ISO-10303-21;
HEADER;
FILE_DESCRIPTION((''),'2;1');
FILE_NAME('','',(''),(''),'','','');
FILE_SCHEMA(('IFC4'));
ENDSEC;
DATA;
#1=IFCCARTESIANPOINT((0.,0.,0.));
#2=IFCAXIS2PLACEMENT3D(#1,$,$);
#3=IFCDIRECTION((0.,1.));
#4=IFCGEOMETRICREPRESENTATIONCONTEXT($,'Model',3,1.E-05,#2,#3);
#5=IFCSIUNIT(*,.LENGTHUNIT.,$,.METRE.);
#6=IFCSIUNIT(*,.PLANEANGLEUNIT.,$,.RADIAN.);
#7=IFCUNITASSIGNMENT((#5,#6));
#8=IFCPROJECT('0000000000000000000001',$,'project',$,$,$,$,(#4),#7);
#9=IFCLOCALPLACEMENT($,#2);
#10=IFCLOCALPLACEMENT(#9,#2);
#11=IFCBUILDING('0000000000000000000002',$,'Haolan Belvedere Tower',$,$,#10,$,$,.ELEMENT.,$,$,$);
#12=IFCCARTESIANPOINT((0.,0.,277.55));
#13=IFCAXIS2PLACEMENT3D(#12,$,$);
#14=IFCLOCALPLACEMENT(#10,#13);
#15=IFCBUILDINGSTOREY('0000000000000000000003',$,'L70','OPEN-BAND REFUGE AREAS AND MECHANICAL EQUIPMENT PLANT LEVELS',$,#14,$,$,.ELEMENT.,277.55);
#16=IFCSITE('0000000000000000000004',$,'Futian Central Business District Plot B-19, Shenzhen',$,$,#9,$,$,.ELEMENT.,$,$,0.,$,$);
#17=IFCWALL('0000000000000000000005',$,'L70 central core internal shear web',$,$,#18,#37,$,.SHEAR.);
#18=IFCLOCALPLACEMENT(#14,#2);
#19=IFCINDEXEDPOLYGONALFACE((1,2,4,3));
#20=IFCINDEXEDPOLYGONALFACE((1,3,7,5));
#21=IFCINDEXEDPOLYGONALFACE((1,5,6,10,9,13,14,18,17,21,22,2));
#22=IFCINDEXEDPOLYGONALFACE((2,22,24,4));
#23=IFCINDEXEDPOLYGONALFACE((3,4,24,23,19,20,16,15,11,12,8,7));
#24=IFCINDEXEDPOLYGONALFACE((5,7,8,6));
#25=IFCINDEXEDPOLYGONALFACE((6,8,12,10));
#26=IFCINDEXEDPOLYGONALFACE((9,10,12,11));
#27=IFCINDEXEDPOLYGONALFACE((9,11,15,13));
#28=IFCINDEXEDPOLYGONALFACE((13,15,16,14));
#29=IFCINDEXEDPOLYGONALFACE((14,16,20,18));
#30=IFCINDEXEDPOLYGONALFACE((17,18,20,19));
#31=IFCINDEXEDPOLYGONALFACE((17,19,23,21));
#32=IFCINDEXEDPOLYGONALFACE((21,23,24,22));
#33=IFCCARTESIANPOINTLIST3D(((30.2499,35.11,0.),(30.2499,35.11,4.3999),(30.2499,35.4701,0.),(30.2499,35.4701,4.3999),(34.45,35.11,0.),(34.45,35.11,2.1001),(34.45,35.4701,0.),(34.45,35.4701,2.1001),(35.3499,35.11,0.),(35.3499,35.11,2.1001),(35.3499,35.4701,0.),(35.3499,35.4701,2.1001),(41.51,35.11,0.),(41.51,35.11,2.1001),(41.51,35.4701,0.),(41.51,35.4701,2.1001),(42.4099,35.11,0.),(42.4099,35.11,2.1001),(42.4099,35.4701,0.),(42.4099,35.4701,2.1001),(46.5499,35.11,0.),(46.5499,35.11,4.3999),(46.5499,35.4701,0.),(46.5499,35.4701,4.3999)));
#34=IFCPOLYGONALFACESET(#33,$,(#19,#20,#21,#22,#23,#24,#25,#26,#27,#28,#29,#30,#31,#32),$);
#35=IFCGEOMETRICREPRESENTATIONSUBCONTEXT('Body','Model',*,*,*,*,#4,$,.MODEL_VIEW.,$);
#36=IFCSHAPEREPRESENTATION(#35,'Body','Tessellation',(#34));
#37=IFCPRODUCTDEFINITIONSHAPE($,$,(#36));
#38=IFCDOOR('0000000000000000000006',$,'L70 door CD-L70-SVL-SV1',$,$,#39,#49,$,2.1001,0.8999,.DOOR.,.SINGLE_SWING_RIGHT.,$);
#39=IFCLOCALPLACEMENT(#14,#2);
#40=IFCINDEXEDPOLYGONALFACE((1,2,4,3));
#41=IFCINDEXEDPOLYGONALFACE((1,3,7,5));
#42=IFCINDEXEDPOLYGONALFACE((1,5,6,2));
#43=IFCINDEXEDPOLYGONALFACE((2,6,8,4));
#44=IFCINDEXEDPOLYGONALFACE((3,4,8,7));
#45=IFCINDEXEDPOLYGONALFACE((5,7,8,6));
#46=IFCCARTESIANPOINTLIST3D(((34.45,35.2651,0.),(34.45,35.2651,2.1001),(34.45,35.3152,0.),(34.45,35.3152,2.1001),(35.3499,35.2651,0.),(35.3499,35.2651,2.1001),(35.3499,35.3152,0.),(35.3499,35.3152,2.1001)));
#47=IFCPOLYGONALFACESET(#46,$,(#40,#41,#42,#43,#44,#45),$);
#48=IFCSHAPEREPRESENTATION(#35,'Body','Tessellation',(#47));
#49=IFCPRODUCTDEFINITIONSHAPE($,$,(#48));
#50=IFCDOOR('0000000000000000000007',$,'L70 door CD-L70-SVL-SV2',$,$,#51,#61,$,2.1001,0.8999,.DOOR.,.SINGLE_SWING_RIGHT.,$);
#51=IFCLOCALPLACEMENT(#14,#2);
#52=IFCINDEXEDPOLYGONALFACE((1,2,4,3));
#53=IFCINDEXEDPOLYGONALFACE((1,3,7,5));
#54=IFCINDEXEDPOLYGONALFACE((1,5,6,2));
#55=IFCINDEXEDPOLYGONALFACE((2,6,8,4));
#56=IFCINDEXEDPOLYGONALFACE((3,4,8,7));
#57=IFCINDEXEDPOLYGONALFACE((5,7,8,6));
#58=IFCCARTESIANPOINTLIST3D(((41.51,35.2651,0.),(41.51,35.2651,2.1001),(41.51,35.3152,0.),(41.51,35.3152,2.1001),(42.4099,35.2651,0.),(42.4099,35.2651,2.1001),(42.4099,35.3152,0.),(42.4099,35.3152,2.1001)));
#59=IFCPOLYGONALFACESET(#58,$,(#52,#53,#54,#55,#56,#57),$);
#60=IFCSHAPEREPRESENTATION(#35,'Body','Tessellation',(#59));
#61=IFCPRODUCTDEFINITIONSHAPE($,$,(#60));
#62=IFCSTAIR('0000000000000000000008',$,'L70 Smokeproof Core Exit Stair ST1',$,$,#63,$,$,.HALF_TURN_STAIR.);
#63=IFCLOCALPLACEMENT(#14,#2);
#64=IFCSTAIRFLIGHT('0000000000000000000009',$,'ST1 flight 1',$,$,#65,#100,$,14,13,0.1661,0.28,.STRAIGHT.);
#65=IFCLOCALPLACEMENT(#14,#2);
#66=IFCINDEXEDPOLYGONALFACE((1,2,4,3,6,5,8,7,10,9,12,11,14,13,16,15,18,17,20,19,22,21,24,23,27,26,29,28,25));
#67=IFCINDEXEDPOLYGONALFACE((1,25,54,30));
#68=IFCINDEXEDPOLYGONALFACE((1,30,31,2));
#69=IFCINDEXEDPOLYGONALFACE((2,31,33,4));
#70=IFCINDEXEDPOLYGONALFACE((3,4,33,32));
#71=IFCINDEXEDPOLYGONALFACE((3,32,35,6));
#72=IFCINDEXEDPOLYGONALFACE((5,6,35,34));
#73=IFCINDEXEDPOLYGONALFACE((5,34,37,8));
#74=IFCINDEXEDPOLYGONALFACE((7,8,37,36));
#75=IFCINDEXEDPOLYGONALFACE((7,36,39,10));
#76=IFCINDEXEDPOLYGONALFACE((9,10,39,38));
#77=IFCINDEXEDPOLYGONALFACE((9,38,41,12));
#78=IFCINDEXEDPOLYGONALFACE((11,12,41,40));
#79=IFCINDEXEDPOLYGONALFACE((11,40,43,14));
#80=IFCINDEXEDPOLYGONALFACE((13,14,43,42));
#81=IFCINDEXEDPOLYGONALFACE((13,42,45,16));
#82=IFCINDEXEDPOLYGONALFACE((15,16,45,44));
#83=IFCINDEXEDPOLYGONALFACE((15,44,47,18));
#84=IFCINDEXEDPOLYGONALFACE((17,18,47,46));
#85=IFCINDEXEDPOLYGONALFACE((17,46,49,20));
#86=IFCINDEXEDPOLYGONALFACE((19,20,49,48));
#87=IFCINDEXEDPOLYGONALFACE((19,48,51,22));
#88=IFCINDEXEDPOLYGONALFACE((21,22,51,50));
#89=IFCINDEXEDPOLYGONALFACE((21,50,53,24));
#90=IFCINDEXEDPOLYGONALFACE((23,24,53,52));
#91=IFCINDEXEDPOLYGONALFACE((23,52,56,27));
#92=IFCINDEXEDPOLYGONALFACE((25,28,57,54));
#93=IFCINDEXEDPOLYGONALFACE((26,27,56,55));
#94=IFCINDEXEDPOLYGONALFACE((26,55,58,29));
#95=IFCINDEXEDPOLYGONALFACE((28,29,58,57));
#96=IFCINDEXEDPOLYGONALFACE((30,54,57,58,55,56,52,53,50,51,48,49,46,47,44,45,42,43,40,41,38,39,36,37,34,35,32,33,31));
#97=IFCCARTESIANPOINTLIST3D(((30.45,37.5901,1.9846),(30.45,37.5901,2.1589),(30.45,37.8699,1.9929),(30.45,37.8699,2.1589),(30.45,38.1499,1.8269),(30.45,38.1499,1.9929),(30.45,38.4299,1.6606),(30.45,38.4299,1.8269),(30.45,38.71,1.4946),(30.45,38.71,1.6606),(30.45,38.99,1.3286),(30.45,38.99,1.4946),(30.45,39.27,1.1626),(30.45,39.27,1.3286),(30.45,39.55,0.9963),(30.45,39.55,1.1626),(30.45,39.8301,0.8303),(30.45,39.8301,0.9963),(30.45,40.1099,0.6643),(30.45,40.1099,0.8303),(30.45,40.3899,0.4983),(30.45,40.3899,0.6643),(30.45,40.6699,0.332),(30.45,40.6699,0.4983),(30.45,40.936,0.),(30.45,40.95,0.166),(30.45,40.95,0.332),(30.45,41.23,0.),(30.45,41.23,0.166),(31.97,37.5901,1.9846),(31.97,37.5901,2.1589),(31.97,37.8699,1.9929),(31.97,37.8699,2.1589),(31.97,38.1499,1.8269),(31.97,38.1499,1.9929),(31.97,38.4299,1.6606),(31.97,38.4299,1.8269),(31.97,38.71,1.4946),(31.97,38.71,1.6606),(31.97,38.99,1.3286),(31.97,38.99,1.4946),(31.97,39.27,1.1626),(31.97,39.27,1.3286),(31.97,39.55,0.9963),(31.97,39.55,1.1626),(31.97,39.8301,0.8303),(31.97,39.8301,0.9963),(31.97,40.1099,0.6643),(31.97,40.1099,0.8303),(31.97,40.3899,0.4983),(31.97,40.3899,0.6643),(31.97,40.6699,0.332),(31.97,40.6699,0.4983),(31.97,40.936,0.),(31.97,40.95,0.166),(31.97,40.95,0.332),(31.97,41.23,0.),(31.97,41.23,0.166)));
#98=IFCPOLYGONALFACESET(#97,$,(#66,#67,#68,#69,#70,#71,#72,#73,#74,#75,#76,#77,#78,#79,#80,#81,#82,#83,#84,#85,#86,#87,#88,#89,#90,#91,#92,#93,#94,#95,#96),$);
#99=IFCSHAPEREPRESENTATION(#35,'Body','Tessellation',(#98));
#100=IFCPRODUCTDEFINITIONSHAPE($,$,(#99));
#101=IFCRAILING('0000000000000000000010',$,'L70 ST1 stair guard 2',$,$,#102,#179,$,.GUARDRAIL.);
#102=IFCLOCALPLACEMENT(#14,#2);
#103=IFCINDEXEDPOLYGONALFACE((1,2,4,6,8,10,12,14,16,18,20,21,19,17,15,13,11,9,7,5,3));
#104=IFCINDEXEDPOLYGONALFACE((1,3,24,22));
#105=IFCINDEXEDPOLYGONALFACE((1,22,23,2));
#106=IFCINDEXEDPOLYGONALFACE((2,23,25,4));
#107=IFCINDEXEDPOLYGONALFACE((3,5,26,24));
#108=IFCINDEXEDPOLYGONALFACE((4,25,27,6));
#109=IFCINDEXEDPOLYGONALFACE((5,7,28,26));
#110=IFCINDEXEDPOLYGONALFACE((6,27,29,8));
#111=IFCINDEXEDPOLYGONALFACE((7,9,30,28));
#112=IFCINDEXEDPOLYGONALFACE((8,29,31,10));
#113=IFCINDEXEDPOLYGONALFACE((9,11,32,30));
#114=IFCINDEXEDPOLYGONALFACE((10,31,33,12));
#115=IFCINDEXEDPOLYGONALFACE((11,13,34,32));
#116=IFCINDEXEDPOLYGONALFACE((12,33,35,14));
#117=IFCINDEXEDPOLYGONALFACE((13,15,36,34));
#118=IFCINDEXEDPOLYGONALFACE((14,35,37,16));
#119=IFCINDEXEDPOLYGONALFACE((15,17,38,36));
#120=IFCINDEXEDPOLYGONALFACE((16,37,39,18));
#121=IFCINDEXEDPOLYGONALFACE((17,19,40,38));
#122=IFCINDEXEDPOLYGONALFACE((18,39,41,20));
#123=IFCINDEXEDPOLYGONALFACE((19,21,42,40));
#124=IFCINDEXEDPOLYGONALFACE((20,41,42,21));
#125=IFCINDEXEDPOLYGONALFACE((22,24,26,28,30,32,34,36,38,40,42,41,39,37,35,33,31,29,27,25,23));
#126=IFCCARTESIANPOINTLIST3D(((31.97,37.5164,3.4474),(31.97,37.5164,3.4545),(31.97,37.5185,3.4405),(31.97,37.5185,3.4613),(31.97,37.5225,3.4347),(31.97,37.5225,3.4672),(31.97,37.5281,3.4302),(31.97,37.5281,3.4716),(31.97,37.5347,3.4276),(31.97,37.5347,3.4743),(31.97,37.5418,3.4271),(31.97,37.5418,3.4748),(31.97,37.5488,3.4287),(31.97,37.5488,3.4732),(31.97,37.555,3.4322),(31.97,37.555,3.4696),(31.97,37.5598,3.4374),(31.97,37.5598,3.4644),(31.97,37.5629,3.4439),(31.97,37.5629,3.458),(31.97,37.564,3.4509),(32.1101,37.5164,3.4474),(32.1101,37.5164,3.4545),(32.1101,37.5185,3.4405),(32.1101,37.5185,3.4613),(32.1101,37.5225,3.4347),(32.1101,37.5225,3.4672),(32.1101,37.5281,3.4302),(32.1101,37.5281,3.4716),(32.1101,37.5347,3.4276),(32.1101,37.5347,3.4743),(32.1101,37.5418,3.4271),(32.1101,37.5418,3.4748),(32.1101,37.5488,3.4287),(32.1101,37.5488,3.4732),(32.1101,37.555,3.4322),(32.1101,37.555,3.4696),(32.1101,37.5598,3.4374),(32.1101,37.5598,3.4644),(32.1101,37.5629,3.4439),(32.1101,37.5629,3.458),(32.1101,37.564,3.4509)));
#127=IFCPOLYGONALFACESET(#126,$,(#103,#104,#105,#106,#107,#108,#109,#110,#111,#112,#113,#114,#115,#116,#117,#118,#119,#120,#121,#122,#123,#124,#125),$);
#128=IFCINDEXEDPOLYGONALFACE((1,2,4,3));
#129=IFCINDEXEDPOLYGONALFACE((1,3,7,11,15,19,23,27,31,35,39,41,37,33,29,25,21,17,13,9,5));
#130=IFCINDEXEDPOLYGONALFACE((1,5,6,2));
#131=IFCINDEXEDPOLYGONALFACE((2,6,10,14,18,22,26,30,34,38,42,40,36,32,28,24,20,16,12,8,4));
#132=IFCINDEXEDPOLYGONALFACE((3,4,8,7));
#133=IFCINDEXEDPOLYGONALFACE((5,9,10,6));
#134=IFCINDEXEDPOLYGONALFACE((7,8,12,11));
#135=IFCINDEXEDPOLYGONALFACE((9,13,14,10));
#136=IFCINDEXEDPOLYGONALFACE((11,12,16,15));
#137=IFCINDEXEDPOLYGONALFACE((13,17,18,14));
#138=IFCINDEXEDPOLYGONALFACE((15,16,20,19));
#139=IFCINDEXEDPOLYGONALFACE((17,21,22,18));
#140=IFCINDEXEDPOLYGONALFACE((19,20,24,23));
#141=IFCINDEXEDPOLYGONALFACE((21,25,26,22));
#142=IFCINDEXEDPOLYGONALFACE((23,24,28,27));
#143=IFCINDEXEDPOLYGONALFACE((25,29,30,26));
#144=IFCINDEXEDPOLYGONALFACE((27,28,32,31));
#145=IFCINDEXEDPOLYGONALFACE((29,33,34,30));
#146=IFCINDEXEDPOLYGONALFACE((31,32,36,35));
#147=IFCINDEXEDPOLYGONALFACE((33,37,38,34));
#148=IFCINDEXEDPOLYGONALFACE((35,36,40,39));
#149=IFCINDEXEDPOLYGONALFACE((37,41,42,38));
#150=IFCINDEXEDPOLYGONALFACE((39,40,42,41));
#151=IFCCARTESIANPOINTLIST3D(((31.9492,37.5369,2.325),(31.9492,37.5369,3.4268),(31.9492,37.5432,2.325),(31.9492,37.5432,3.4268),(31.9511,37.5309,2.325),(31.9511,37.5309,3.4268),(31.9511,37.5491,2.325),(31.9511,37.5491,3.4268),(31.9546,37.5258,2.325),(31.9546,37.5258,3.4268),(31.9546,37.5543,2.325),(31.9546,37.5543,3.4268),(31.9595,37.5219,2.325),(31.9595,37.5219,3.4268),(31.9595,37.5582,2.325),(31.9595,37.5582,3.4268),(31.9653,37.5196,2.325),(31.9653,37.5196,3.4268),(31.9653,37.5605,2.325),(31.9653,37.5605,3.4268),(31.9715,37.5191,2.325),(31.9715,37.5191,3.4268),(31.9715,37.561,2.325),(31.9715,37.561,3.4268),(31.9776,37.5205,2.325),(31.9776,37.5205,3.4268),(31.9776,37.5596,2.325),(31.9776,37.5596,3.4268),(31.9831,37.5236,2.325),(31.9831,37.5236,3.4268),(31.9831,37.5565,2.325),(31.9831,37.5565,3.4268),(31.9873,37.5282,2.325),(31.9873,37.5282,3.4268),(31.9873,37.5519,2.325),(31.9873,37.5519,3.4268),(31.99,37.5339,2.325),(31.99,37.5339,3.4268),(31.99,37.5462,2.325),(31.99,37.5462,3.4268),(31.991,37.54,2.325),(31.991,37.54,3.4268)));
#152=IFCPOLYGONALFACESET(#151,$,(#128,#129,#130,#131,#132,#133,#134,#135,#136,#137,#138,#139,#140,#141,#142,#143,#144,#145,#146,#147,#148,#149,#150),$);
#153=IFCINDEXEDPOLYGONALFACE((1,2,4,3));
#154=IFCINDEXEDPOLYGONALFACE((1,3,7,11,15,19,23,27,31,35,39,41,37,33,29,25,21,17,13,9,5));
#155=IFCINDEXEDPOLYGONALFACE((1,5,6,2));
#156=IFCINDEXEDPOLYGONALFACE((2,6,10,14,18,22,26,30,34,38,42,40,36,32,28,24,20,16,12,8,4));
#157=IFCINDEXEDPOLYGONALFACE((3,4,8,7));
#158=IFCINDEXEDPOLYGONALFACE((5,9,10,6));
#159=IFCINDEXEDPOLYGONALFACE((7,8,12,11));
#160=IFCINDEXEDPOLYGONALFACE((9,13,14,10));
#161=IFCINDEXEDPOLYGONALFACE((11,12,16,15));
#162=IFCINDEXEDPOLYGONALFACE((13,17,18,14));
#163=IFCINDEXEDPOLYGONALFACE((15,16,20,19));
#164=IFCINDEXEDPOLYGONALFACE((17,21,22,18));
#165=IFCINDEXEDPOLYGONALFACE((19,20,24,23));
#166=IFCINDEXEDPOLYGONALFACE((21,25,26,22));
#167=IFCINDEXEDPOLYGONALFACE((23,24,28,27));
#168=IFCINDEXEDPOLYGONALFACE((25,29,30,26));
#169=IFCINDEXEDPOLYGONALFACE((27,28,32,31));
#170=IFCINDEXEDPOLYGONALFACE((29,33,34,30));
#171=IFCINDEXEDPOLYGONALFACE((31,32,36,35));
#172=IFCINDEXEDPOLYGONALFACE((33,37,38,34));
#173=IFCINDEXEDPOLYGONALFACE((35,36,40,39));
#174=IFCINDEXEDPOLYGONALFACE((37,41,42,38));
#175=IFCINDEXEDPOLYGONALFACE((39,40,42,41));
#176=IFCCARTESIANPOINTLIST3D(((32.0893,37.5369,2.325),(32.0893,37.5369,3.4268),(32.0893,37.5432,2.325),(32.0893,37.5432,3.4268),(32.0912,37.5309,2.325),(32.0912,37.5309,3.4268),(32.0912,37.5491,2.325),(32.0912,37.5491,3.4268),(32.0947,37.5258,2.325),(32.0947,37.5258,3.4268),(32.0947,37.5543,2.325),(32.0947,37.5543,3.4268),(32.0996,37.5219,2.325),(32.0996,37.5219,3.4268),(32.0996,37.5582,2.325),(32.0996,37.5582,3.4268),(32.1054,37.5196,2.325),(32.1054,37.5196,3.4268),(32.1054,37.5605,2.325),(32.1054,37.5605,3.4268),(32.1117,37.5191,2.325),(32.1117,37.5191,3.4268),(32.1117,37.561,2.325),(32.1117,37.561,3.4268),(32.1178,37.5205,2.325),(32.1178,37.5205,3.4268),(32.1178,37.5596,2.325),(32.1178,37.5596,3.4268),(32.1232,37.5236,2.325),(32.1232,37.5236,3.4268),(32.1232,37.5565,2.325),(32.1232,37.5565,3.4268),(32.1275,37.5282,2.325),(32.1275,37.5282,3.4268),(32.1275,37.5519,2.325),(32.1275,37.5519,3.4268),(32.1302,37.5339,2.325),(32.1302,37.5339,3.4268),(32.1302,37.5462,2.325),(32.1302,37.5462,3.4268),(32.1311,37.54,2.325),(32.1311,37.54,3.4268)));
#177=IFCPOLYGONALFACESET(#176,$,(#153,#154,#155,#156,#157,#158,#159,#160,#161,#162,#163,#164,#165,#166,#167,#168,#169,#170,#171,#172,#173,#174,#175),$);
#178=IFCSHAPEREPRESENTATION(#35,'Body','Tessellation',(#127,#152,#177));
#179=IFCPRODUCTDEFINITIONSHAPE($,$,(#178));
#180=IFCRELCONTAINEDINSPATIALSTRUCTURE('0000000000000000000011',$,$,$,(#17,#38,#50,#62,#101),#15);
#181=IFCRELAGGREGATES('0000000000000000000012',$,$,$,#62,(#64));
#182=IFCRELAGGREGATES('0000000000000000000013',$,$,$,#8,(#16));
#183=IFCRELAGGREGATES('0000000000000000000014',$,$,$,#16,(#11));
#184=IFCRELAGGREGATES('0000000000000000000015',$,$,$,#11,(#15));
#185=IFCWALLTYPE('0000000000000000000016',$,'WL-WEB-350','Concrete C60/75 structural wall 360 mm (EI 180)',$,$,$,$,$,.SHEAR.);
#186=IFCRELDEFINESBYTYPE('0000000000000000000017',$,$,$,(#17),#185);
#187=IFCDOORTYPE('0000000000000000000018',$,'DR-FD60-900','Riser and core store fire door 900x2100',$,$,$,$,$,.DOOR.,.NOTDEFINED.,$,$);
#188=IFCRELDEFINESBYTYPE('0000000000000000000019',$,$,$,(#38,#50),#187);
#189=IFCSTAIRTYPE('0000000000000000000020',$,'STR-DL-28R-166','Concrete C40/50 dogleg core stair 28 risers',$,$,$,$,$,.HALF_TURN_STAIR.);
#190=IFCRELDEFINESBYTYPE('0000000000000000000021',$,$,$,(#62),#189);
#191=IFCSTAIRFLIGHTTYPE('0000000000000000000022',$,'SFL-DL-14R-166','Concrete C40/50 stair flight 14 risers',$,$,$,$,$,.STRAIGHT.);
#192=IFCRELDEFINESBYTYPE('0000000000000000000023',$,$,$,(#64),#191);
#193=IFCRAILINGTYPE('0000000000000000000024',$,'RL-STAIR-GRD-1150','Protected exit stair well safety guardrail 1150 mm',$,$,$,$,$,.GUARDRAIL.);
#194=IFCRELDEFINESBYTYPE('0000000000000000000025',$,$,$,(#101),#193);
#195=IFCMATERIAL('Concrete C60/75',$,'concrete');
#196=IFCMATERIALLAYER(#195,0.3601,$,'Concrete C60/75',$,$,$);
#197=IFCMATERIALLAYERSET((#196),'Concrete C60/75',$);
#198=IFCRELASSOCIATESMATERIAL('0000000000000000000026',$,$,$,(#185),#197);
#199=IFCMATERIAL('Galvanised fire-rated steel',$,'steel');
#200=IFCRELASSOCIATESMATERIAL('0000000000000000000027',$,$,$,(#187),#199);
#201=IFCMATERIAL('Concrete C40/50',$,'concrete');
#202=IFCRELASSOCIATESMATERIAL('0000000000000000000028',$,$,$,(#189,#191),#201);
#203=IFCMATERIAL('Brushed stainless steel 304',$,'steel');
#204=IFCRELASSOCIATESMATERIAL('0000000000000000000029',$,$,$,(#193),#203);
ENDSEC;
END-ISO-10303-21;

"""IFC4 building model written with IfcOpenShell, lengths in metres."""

from ifc_helpers import new_model, si_unit, direction, frame, frame_2d, origin, origin_2d, place, context, subcontext, project, spatial, polyline, rectangle, circle, outline, extrude, material, layer, layer_set, type_object, element, fill, aggregate, save


model = new_model("IFC4")

# Units and contexts
model_context = context("Model", 3, precision=1e-05, world=origin(), true_north=direction((0.0, 1.0)))
body_context = subcontext(model_context, "Body", "Model", "MODEL_VIEW")
ifc_project = project(units=[si_unit("LENGTHUNIT", "METRE"), si_unit("PLANEANGLEUNIT", "RADIAN")], contexts=[model_context])

# Site, building, storey
site_placement = place(None, origin())
site = spatial("IfcSite", under=ifc_project, at=site_placement, Name="Futian Central Business District Plot B-19, Shenzhen", CompositionType="ELEMENT", RefElevation=0.0)
building_placement = place(site_placement, origin())
building = spatial("IfcBuilding", under=site, at=building_placement, Name="Haolan Belvedere Tower", CompositionType="ELEMENT")
storey_placement = place(building_placement, frame((0.0, 0.0, 277.55)))
storey = spatial("IfcBuildingStorey", under=building, at=storey_placement, Name="L70", Description="OPEN-BAND REFUGE AREAS AND MECHANICAL EQUIPMENT PLANT LEVELS", CompositionType="ELEMENT", Elevation=277.55)

# Shared definitions
ifc_material_1 = material(Name="Concrete C40/50", Category="concrete")

# Shared definitions
ifc_material_2 = material(Name="Galvanised fire-rated steel", Category="steel")

# Wall, openings, doors
ifc_material_3 = material(Name="Concrete C60/75", Category="concrete")
ifc_layer_1 = layer(ifc_material_3, 0.3601, Name="Concrete C60/75")
ifc_layer_set_1 = layer_set([ifc_layer_1], Name="Concrete C60/75")
wall_type_1 = type_object("IfcWallType", Name="WL-WEB-350", Description="Concrete C60/75 structural wall 360 mm (EI 180)", PredefinedType="SHEAR", material=ifc_layer_set_1)
wall_1_placement = place(storey_placement, frame((30.25, 35.29, 0.0), z_axis=(0.0, 0.0, 1.0), x_axis=(1.0, 0.0, 0.0)))
wall_1 = element("IfcWall", 1, at=wall_1_placement, inside=storey, type_object=wall_type_1, Name="L70 central core internal shear web", PredefinedType="SHEAR", context=body_context, shape_type="SweptSolid", body=[
    extrude(rectangle(XDim=16.3, YDim=0.3601, at=frame_2d((8.1499, 0.0))), origin(), (0.0, 0.0, 1.0), 4.3999),
])
opening_1_placement = place(wall_1_placement, frame((5.0999, 0.0, 0.0), z_axis=(0.0, 0.0, 1.0), x_axis=(-1.0, 0.0, 0.0)))
opening_1 = element("IfcOpeningElement", 2, at=opening_1_placement, cuts=wall_1, PredefinedType="OPENING", context=body_context, shape_type="SweptSolid", body=[
    extrude(rectangle(XDim=0.8999, YDim=2.1001, at=frame_2d((0.45, 1.05))), frame((0.0, 0.1899, 0.0), z_axis=(0.0, -1.0, 0.0), x_axis=(1.0, 0.0, 0.0)), (0.0, 0.0, 1.0), 0.3801),
])
opening_2_placement = place(wall_1_placement, frame((12.1599, 0.0, 0.0), z_axis=(0.0, 0.0, 1.0), x_axis=(-1.0, 0.0, 0.0)))
opening_2 = element("IfcOpeningElement", 3, at=opening_2_placement, cuts=wall_1, PredefinedType="OPENING", context=body_context, shape_type="SweptSolid", body=[
    extrude(rectangle(XDim=0.8999, YDim=2.1001, at=frame_2d((0.45, 1.05))), frame((0.0, 0.1899, 0.0), z_axis=(0.0, -1.0, 0.0), x_axis=(1.0, 0.0, 0.0)), (0.0, 0.0, 1.0), 0.3801),
])
door_type_1 = type_object("IfcDoorType", Name="DR-FD60-900", Description="Riser and core store fire door 900x2100", OperationType="NOTDEFINED", PredefinedType="DOOR", material=ifc_material_2)
door_1_placement = place(opening_1_placement, origin())
door_1 = element("IfcDoor", 4, at=door_1_placement, inside=storey, type_object=door_type_1, Name="L70 door CD-L70-SVL-SV1", OperationType="SINGLE_SWING_RIGHT", OverallHeight=2.1001, OverallWidth=0.8999, PredefinedType="DOOR", context=body_context, shape_type="SweptSolid", body=[
    extrude(rectangle(XDim=0.8999, YDim=2.1001, at=frame_2d((0.45, 1.05))), frame((0.0, 0.0249, 0.0), z_axis=(0.0, -1.0, 0.0), x_axis=(1.0, 0.0, 0.0)), (0.0, 0.0, 1.0), 0.05),
])
fill(opening_1, door_1)
door_2_placement = place(opening_2_placement, origin())
door_2 = element("IfcDoor", 5, at=door_2_placement, inside=storey, type_object=door_type_1, Name="L70 door CD-L70-SVL-SV2", OperationType="SINGLE_SWING_RIGHT", OverallHeight=2.1001, OverallWidth=0.8999, PredefinedType="DOOR", context=body_context, shape_type="SweptSolid", body=[
    extrude(rectangle(XDim=0.8999, YDim=2.1001, at=frame_2d((0.45, 1.05))), frame((0.0, 0.0249, 0.0), z_axis=(0.0, -1.0, 0.0), x_axis=(1.0, 0.0, 0.0)), (0.0, 0.0, 1.0), 0.05),
])
fill(opening_2, door_2)

# Stair, stair flight
stair_type = type_object("IfcStairType", Name="STR-DL-28R-166", Description="Concrete C40/50 dogleg core stair 28 risers", PredefinedType="HALF_TURN_STAIR", material=ifc_material_1)
stair_placement = place(storey_placement, origin())
stair = element("IfcStair", 6, at=stair_placement, inside=storey, type_object=stair_type, Name="L70 Smokeproof Core Exit Stair ST1", PredefinedType="HALF_TURN_STAIR")
stair_flight_type = type_object("IfcStairFlightType", Name="SFL-DL-14R-166", Description="Concrete C40/50 stair flight 14 risers", PredefinedType="STRAIGHT", material=ifc_material_1)
stair_flight_placement = place(storey_placement, frame((31.21, 41.23, 0.0), z_axis=(0.0, 0.0, 1.0), x_axis=(0.0, -1.0, 0.0)))
stair_flight = element("IfcStairFlight", 7, at=stair_flight_placement, type_object=stair_flight_type, Name="ST1 flight 1", NumberOfRisers=14, NumberOfTreads=13, PredefinedType="STRAIGHT", RiserHeight=0.1661, TreadLength=0.28, context=body_context, shape_type="SweptSolid", body=[
    extrude(outline(polyline([(0.0, 0.0), (0.0, 0.166), (0.28, 0.166), (0.28, 0.332), (0.5601, 0.332), (0.5601, 0.4983), (0.8401, 0.4983), (0.8401, 0.6643), (1.1201, 0.6643), (1.1201, 0.8303), (1.3999, 0.8303), (1.3999, 0.9963), (1.6799, 0.9963), (1.6799, 1.1626), (1.96, 1.1626), (1.96, 1.3286), (2.24, 1.3286), (2.24, 1.4946), (2.52, 1.4946), (2.52, 1.6606), (2.8, 1.6606), (2.8, 1.8269), (3.0801, 1.8269), (3.0801, 1.9929), (3.3601, 1.9929), (3.3601, 2.1589), (3.6399, 2.1589), (3.6399, 2.325), (3.6399, 1.9846), (0.2939, 0.0), (0.0, 0.0)])), frame((0.0, 0.76, 0.0), z_axis=(0.0, -1.0, 0.0), x_axis=(1.0, 0.0, 0.0)), (0.0, 0.0, 1.0), 1.52),
])
aggregate(stair, [stair_flight])

# Railing
ifc_material_4 = material(Name="Brushed stainless steel 304", Category="steel")
railing_type_1 = type_object("IfcRailingType", Name="RL-STAIR-GRD-1150", Description="Protected exit stair well safety guardrail 1150 mm", PredefinedType="GUARDRAIL", material=ifc_material_4)
railing_1_placement = place(storey_placement, frame((31.97, 37.54, 2.325)))
element("IfcRailing", 8, at=railing_1_placement, inside=storey, type_object=railing_type_1, Name="L70 ST1 stair guard 2", PredefinedType="GUARDRAIL", context=body_context, shape_type="SweptSolid", body=[
    extrude(circle(Radius=0.0239, at=origin_2d()), frame((0.0, 0.0, 1.126), z_axis=(1.0, 0.0, 0.0), x_axis=(0.0, 1.0, 0.0)), (0.0, 0.0, 1.0), 0.1401),
    extrude(circle(Radius=0.021, at=origin_2d()), origin(), (0.0, 0.0, 1.0), 1.1018),
    extrude(circle(Radius=0.021, at=origin_2d()), frame((0.1401, 0.0, 0.0)), (0.0, 0.0, 1.0), 1.1018),
])

save(model, "model.ifc")
